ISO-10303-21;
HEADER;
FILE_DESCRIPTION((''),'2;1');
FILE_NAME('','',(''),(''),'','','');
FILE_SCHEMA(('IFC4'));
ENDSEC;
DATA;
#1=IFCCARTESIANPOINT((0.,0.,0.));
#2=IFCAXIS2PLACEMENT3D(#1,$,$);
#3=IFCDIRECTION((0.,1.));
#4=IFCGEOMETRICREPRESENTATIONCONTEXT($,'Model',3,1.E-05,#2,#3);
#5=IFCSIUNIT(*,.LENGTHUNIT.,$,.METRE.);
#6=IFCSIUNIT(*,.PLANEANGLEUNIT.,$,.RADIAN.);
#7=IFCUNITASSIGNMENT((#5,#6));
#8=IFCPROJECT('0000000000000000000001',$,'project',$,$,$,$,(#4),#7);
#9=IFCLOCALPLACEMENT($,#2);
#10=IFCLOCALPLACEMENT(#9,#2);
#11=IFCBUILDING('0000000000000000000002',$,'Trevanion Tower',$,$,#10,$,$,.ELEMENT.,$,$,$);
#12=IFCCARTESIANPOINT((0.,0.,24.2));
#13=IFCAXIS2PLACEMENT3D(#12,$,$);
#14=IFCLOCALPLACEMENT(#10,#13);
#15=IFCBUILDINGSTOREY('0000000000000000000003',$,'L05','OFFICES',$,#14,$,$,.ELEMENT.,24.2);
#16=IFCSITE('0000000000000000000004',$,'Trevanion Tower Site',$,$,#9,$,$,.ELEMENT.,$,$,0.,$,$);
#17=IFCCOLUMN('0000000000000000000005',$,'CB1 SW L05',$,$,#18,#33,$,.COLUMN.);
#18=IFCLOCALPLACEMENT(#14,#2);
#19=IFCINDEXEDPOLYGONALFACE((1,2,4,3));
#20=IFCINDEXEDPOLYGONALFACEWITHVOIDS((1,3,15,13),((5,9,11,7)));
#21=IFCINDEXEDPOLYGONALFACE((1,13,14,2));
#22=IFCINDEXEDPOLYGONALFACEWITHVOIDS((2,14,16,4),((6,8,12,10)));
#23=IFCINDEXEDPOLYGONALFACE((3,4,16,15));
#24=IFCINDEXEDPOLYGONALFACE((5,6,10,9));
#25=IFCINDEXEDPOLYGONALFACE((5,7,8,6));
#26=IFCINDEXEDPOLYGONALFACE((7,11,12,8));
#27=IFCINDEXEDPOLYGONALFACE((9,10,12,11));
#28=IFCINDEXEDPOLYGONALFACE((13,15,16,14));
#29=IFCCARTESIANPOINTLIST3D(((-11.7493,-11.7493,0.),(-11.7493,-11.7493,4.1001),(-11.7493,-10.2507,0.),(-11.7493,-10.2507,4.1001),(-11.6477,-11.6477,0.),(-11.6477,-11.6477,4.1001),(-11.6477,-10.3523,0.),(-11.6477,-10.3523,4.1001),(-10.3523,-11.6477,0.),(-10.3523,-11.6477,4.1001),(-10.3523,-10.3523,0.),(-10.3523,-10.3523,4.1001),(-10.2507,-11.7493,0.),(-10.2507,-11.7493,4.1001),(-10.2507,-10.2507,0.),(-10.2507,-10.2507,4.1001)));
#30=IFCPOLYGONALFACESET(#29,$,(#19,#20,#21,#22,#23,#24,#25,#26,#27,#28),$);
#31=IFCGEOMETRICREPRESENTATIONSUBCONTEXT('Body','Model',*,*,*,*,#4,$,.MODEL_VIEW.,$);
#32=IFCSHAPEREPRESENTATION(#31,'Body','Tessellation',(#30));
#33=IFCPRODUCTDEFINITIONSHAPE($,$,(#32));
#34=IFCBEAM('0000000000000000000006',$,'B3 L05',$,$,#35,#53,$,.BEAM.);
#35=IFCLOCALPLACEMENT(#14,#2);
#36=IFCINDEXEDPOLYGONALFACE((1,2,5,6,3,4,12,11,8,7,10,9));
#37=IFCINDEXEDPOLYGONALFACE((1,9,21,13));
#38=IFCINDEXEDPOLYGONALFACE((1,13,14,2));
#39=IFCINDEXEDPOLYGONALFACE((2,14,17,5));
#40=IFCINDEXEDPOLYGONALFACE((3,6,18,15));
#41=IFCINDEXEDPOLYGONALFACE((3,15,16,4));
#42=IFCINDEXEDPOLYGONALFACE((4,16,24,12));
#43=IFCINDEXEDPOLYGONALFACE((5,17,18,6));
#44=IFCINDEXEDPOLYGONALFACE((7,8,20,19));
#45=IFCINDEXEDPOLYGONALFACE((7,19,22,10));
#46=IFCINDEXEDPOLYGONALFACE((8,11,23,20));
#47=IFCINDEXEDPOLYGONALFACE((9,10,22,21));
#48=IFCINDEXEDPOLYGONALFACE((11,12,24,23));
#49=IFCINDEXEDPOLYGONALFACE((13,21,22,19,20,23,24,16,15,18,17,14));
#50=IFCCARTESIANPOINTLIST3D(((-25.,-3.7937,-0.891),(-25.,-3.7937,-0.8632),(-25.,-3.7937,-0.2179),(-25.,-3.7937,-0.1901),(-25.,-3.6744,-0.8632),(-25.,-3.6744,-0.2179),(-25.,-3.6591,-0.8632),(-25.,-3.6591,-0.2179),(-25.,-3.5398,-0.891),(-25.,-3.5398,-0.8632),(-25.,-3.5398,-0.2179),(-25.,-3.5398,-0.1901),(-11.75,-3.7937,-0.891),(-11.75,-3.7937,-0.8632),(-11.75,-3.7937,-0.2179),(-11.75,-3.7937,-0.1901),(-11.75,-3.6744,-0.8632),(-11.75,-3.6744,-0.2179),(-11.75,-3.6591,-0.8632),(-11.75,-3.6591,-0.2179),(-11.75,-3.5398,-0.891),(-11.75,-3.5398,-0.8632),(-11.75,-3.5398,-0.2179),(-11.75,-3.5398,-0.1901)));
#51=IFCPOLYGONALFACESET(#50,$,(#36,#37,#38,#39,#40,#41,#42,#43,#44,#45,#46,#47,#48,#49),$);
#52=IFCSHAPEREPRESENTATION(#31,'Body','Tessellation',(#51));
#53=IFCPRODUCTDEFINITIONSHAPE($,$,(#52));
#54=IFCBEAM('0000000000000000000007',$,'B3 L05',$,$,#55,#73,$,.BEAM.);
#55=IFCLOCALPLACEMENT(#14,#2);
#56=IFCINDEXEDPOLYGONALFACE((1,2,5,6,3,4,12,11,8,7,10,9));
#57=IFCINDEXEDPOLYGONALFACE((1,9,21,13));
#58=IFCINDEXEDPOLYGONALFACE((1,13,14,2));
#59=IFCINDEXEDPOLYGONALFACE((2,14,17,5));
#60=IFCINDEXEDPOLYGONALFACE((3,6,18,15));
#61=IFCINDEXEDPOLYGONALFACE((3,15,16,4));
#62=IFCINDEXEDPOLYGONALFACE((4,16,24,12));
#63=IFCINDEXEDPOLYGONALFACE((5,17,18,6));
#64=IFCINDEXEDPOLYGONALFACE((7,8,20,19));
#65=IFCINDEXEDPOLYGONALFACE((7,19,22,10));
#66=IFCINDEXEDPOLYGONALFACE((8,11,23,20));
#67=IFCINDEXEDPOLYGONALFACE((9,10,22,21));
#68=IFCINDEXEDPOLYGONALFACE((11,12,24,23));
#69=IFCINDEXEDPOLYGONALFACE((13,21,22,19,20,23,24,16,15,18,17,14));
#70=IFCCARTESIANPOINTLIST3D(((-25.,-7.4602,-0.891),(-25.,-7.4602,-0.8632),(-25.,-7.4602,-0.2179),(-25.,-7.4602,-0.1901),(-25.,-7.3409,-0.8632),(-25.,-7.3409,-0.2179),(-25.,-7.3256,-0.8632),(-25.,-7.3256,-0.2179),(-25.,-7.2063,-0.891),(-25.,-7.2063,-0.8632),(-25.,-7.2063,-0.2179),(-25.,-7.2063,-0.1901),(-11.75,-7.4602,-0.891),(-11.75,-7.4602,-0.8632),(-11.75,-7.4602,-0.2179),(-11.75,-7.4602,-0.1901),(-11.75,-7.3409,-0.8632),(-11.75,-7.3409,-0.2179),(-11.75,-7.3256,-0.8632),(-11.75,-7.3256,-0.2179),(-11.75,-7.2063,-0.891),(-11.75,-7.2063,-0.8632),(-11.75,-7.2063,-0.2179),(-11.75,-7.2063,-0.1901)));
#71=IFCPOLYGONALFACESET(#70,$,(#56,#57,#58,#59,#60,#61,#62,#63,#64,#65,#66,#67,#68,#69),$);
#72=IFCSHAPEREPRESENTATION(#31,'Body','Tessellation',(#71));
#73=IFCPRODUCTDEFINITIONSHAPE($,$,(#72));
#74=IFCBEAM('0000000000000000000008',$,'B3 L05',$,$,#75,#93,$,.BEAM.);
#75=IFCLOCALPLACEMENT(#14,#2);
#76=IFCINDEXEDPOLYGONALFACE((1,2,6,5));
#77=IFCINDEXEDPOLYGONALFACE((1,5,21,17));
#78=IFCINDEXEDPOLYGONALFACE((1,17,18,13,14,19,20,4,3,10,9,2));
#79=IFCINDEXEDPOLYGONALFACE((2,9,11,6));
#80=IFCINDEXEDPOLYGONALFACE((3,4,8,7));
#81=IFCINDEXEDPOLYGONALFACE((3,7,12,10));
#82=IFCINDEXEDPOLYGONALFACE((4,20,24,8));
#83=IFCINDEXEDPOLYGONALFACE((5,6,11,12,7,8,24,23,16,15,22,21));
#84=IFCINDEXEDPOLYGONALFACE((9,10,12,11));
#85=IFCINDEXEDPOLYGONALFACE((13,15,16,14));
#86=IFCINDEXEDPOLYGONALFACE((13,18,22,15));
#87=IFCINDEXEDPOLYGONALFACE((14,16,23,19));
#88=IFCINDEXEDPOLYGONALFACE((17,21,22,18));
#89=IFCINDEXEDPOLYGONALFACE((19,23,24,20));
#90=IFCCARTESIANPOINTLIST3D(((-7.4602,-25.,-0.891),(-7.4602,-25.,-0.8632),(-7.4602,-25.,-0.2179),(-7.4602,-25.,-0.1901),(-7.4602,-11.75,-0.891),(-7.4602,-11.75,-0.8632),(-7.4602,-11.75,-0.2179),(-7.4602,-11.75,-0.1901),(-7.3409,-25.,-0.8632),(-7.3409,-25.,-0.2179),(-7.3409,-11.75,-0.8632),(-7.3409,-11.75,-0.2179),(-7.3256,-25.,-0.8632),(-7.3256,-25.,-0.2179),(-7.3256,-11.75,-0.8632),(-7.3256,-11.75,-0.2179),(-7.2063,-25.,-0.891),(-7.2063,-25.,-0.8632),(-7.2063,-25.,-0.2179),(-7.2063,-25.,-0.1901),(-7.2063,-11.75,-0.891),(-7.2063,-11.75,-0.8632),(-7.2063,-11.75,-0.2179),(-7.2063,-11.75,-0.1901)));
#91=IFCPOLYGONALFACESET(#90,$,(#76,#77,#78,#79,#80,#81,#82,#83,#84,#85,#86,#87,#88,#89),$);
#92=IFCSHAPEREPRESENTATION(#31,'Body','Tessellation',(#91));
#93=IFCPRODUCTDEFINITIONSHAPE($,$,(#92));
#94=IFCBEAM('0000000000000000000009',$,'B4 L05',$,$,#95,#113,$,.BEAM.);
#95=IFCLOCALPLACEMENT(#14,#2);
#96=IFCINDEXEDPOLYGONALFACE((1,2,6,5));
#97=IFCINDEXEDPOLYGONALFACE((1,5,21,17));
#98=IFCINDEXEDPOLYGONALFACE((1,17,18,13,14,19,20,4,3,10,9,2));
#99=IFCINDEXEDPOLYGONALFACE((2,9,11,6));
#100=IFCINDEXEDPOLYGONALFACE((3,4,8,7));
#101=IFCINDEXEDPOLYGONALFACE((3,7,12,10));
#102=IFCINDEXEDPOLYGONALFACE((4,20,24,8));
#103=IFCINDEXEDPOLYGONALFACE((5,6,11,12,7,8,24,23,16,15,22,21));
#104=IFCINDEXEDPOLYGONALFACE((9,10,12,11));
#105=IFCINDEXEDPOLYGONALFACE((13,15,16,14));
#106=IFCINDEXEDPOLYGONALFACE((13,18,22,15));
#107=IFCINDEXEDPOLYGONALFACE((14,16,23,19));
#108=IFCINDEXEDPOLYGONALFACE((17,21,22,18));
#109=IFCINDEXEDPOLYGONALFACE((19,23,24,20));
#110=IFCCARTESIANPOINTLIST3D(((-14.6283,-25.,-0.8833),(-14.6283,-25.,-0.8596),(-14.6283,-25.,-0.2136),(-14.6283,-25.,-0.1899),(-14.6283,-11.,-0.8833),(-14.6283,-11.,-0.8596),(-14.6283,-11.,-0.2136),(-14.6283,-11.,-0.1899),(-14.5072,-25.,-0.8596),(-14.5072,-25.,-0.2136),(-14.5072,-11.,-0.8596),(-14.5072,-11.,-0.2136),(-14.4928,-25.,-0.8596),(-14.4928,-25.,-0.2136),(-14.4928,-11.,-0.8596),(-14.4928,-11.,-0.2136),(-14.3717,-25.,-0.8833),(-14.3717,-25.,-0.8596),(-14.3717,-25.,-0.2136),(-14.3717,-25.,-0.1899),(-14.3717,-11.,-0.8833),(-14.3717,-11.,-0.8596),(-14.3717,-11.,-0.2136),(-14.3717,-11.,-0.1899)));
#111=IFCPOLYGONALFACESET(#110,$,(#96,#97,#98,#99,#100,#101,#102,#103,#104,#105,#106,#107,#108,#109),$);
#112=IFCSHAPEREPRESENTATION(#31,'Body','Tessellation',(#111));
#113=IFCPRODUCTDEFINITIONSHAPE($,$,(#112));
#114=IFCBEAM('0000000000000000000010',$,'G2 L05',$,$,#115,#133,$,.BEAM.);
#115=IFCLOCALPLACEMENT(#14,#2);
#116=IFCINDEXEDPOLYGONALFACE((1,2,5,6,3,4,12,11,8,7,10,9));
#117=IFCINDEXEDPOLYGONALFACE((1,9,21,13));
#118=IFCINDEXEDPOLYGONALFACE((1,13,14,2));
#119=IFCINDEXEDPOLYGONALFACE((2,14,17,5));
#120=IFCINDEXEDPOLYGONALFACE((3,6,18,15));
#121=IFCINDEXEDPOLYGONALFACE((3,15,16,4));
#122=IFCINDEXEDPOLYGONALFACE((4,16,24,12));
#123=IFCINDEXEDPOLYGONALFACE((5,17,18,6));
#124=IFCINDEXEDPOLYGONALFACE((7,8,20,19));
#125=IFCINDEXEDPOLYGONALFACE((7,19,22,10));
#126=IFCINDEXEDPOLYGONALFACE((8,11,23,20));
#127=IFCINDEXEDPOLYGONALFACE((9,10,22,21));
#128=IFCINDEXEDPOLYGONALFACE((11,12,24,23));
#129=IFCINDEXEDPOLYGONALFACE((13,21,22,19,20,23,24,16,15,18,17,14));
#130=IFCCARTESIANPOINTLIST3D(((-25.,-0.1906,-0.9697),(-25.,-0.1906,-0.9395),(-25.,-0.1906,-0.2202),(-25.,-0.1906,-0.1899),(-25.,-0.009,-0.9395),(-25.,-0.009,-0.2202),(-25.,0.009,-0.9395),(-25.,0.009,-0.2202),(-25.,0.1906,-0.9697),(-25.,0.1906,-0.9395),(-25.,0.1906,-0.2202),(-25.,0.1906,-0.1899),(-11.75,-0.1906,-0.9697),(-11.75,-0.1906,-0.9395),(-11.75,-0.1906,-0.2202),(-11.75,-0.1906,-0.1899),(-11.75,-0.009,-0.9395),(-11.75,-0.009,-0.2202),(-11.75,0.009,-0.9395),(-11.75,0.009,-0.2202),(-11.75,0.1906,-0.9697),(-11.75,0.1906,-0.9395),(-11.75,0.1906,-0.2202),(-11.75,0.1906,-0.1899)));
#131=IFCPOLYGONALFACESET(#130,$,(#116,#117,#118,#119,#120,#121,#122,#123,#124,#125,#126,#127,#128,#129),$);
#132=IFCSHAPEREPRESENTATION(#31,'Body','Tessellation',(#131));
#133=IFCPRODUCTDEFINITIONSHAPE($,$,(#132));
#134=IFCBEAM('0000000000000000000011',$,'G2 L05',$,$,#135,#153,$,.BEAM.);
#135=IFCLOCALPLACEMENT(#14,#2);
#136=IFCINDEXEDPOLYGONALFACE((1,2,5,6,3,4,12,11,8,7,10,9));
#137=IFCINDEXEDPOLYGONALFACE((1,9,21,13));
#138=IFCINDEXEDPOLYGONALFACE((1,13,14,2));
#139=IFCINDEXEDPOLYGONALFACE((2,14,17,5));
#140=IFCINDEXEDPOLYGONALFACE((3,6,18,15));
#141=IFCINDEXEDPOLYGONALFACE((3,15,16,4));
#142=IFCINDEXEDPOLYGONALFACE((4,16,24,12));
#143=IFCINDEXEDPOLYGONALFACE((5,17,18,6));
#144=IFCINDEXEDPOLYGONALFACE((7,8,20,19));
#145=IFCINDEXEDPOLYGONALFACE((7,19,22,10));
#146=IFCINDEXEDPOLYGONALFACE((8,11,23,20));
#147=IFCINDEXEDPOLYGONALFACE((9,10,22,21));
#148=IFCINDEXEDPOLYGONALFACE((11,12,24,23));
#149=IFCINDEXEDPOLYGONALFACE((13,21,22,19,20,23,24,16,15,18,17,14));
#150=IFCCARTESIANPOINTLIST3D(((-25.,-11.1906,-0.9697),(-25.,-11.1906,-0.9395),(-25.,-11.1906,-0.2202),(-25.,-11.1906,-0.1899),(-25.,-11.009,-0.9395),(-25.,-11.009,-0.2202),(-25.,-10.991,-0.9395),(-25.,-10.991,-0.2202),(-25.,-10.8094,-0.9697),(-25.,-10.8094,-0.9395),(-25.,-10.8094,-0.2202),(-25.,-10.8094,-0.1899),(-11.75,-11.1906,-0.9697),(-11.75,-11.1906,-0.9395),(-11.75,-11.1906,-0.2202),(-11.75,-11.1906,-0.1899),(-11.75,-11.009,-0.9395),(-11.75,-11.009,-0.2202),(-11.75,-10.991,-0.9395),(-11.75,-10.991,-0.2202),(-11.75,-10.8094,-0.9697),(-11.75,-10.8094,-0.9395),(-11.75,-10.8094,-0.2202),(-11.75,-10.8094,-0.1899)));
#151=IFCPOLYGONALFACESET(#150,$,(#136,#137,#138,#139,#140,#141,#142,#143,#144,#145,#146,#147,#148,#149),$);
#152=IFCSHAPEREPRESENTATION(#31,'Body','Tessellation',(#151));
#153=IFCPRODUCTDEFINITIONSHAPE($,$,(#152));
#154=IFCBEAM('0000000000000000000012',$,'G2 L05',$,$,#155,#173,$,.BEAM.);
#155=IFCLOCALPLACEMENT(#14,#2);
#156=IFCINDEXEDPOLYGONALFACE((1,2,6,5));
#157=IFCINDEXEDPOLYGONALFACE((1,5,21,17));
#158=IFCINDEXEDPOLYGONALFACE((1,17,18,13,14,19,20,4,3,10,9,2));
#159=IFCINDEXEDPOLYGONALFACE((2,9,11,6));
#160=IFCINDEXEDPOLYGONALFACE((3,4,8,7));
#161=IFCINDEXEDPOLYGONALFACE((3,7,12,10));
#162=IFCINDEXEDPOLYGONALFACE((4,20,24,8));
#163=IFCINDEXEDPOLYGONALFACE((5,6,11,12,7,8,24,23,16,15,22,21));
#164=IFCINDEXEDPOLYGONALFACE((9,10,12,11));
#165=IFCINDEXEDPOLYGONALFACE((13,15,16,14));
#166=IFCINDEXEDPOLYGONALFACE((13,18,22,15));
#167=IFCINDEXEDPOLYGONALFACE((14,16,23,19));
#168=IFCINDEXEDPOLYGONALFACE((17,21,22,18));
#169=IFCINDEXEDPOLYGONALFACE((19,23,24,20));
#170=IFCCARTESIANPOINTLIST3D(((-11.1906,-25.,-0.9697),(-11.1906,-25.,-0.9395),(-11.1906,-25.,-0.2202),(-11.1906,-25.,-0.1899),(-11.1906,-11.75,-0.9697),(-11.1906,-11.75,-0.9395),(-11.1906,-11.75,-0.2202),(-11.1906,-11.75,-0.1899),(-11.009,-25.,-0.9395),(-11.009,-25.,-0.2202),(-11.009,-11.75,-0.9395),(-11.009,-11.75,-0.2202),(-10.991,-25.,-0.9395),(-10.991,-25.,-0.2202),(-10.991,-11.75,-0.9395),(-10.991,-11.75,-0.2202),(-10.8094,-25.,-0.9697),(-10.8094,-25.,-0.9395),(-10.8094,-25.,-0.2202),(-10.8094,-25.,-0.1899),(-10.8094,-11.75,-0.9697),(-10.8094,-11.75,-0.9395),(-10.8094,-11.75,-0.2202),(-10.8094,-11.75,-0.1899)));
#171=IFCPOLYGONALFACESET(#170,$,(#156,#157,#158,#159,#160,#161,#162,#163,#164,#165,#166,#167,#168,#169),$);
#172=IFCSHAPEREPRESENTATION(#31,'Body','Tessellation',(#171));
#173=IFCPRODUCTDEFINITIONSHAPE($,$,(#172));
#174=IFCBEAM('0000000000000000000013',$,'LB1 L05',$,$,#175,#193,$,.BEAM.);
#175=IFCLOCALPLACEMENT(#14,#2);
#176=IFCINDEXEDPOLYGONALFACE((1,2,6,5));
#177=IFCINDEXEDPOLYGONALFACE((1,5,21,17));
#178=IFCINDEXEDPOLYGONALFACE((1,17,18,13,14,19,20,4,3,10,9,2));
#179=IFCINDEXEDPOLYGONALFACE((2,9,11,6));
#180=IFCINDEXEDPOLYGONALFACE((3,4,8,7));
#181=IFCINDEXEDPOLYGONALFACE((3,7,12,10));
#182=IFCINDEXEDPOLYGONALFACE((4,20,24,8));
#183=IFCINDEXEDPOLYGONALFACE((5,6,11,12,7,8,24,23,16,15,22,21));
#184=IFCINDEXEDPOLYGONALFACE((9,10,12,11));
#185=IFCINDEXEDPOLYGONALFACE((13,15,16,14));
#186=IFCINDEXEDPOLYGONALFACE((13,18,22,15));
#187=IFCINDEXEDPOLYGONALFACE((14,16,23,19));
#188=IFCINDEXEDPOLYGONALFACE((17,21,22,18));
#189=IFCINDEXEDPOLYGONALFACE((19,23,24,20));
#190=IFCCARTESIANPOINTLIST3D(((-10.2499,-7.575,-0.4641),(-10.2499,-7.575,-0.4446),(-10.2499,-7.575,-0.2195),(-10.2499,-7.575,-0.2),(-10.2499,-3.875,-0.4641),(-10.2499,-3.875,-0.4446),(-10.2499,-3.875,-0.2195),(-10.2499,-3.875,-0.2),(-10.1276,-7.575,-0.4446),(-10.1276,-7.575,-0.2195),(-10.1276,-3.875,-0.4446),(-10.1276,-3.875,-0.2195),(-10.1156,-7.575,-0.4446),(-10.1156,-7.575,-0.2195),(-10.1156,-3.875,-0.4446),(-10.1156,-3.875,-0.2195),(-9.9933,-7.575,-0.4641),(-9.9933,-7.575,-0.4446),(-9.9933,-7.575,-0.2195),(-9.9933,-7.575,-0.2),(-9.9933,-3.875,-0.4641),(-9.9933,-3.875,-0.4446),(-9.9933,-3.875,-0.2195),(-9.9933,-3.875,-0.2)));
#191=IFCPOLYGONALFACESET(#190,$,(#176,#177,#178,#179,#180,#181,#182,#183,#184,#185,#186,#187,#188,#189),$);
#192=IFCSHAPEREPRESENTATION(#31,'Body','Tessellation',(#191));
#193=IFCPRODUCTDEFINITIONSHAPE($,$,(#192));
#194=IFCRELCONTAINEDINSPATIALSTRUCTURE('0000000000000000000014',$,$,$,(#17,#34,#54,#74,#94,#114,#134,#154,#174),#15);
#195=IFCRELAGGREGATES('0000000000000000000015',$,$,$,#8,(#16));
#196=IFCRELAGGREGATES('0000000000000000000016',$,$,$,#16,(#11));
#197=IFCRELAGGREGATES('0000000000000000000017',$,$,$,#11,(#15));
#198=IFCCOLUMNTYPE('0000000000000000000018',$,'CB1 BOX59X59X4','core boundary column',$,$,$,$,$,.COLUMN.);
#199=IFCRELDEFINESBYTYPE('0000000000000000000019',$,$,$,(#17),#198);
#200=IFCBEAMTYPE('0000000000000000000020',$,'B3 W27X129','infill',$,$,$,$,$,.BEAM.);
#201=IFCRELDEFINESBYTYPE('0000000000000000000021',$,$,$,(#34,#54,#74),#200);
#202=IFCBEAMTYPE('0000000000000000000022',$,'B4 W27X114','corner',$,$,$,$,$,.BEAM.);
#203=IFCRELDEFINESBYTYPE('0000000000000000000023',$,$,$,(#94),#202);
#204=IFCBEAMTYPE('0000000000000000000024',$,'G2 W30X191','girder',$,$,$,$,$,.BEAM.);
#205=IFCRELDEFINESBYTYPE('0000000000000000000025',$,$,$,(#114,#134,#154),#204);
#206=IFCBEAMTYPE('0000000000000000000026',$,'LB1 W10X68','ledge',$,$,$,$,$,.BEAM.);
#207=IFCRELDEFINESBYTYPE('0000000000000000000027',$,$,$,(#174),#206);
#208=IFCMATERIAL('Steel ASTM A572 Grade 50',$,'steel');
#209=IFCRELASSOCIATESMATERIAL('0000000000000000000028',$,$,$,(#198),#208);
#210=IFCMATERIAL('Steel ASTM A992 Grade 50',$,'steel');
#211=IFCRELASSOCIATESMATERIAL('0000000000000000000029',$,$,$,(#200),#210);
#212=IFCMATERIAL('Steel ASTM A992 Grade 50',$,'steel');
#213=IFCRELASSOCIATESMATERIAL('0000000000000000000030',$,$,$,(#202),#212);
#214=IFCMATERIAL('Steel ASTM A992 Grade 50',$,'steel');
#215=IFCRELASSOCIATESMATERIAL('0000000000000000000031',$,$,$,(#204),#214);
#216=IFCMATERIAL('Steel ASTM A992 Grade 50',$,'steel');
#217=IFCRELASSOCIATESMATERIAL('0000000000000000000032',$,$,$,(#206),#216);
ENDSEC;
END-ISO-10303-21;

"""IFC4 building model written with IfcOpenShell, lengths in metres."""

from ifc_helpers import new_model, si_unit, direction, frame, origin, origin_2d, place, context, subcontext, project, spatial, hollow_rectangle, i_section, extrude, material, material_profile, profile_set, type_object, element, save


model = new_model("IFC4")

# Units and contexts
model_context = context("Model", 3, precision=1e-05, world=origin(), true_north=direction((0.0, 1.0)))
body_context = subcontext(model_context, "Body", "Model", "MODEL_VIEW")
ifc_project = project(units=[si_unit("LENGTHUNIT", "METRE"), si_unit("PLANEANGLEUNIT", "RADIAN")], contexts=[model_context])

# Site, building, storey
site_placement = place(None, origin())
site = spatial("IfcSite", under=ifc_project, at=site_placement, Name="Trevanion Tower Site", CompositionType="ELEMENT", RefElevation=0.0)
building_placement = place(site_placement, origin())
building = spatial("IfcBuilding", under=site, at=building_placement, Name="Trevanion Tower", CompositionType="ELEMENT")
storey_placement = place(building_placement, frame((0.0, 0.0, 24.2)))
storey = spatial("IfcBuildingStorey", under=building, at=storey_placement, Name="L05", Description="OFFICES", CompositionType="ELEMENT", Elevation=24.2)

# Column
ifc_material_1 = material(Name="Steel ASTM A572 Grade 50", Category="steel")
ifc_material_profile_1 = material_profile(ifc_material_1, hollow_rectangle(XDim=1.4985, YDim=1.4985, WallThickness=0.1016, at=origin_2d()), Name="BOX59X59X4")
ifc_profile_set_1 = profile_set([ifc_material_profile_1], Name="Steel ASTM A572 Grade 50")
column_type = type_object("IfcColumnType", Name="CB1 BOX59X59X4", Description="core boundary column", PredefinedType="COLUMN", material=ifc_profile_set_1)
column_placement = place(storey_placement, frame((-11.0, -11.0, 0.0), z_axis=(0.0, 0.0, 1.0), x_axis=(1.0, 0.0, 0.0)))
element("IfcColumn", 1, at=column_placement, inside=storey, type_object=column_type, Name="CB1 SW L05", PredefinedType="COLUMN", context=body_context, shape_type="SweptSolid", body=[
    extrude(hollow_rectangle(XDim=1.4985, YDim=1.4985, WallThickness=0.1016, at=origin_2d()), origin(), (0.0, 0.0, 1.0), 4.1001),
])

# Beams
ifc_material_2 = material(Name="Steel ASTM A992 Grade 50", Category="steel")
ifc_material_profile_2 = material_profile(ifc_material_2, i_section(OverallWidth=0.2539, OverallDepth=0.7009, WebThickness=0.0154, FlangeThickness=0.0278, at=origin_2d()), Name="W27X129")
ifc_profile_set_2 = profile_set([ifc_material_profile_2], Name="Steel ASTM A992 Grade 50")
beam_type_1 = type_object("IfcBeamType", Name="B3 W27X129", Description="infill", PredefinedType="BEAM", material=ifc_profile_set_2)
for number, where, z_axis, x_axis, name in (
    (2, (-11.75, -3.6667, -0.5405), (-1.0, 0.0, 0.0), (0.0, -1.0, 0.0), "B3 L05"),
    (3, (-11.75, -7.3333, -0.5405), (-1.0, 0.0, 0.0), (0.0, -1.0, 0.0), "B3 L05"),
    (4, (-7.3333, -11.75, -0.5405), (0.0, -1.0, 0.0), (1.0, 0.0, 0.0), "B3 L05"),
):
    element("IfcBeam", number, at=place(storey_placement, frame(where, z_axis=z_axis, x_axis=x_axis)), inside=storey, type_object=beam_type_1, Name=name, PredefinedType="BEAM", context=body_context, shape_type="SweptSolid", body=[
        extrude(i_section(OverallWidth=0.2539, OverallDepth=0.7009, WebThickness=0.0154, FlangeThickness=0.0278, at=origin_2d()), origin(), (0.0, 0.0, 1.0), 13.25),
    ])
ifc_material_3 = material(Name="Steel ASTM A992 Grade 50", Category="steel")
ifc_material_profile_3 = material_profile(ifc_material_3, i_section(OverallWidth=0.2566, OverallDepth=0.6934, WebThickness=0.0144, FlangeThickness=0.0237, at=origin_2d()), Name="W27X114")
ifc_profile_set_3 = profile_set([ifc_material_profile_3], Name="Steel ASTM A992 Grade 50")
beam_type_2 = type_object("IfcBeamType", Name="B4 W27X114", Description="corner", PredefinedType="BEAM", material=ifc_profile_set_3)
beam_placement = place(storey_placement, frame((-14.5, -11.0, -0.5366), z_axis=(0.0, -1.0, 0.0), x_axis=(1.0, 0.0, 0.0)))
element("IfcBeam", 5, at=beam_placement, inside=storey, type_object=beam_type_2, Name="B4 L05", PredefinedType="BEAM", context=body_context, shape_type="SweptSolid", body=[
    extrude(i_section(OverallWidth=0.2566, OverallDepth=0.6934, WebThickness=0.0144, FlangeThickness=0.0237, at=origin_2d()), origin(), (0.0, 0.0, 1.0), 14.0),
])
ifc_material_4 = material(Name="Steel ASTM A992 Grade 50", Category="steel")
ifc_material_profile_4 = material_profile(ifc_material_4, i_section(OverallWidth=0.3811, OverallDepth=0.7798, WebThickness=0.0181, FlangeThickness=0.0303, at=origin_2d()), Name="W30X191")
ifc_profile_set_4 = profile_set([ifc_material_profile_4], Name="Steel ASTM A992 Grade 50")
beam_type_3 = type_object("IfcBeamType", Name="G2 W30X191", Description="girder", PredefinedType="BEAM", material=ifc_profile_set_4)
for number, where, z_axis, x_axis, name in (
    (6, (-11.75, 0.0, -0.5798), (-1.0, 0.0, 0.0), (0.0, -1.0, 0.0), "G2 L05"),
    (7, (-11.75, -11.0, -0.5798), (-1.0, 0.0, 0.0), (0.0, -1.0, 0.0), "G2 L05"),
    (8, (-11.0, -11.75, -0.5798), (0.0, -1.0, 0.0), (1.0, 0.0, 0.0), "G2 L05"),
):
    element("IfcBeam", number, at=place(storey_placement, frame(where, z_axis=z_axis, x_axis=x_axis)), inside=storey, type_object=beam_type_3, Name=name, PredefinedType="BEAM", context=body_context, shape_type="SweptSolid", body=[
        extrude(i_section(OverallWidth=0.3811, OverallDepth=0.7798, WebThickness=0.0181, FlangeThickness=0.0303, at=origin_2d()), origin(), (0.0, 0.0, 1.0), 13.25),
    ])
ifc_material_5 = material(Name="Steel ASTM A992 Grade 50", Category="steel")
ifc_material_profile_5 = material_profile(ifc_material_5, i_section(OverallWidth=0.2566, OverallDepth=0.2642, WebThickness=0.012, FlangeThickness=0.0195, at=origin_2d()), Name="W10X68")
ifc_profile_set_5 = profile_set([ifc_material_profile_5], Name="Steel ASTM A992 Grade 50")
beam_type_4 = type_object("IfcBeamType", Name="LB1 W10X68", Description="ledge", PredefinedType="BEAM", material=ifc_profile_set_5)
for number, where, z_axis, x_axis, name in (
    (9, (-10.1216, -7.575, -0.332), (0.0, 1.0, 0.0), (-1.0, 0.0, 0.0), "LB1 L05"),
):
    element("IfcBeam", number, at=place(storey_placement, frame(where, z_axis=z_axis, x_axis=x_axis)), inside=storey, type_object=beam_type_4, Name=name, PredefinedType="BEAM", context=body_context, shape_type="SweptSolid", body=[
        extrude(i_section(OverallWidth=0.2566, OverallDepth=0.2642, WebThickness=0.012, FlangeThickness=0.0195, at=origin_2d()), origin(), (0.0, 0.0, 1.0), 3.7),
    ])

save(model, "model.ifc")
